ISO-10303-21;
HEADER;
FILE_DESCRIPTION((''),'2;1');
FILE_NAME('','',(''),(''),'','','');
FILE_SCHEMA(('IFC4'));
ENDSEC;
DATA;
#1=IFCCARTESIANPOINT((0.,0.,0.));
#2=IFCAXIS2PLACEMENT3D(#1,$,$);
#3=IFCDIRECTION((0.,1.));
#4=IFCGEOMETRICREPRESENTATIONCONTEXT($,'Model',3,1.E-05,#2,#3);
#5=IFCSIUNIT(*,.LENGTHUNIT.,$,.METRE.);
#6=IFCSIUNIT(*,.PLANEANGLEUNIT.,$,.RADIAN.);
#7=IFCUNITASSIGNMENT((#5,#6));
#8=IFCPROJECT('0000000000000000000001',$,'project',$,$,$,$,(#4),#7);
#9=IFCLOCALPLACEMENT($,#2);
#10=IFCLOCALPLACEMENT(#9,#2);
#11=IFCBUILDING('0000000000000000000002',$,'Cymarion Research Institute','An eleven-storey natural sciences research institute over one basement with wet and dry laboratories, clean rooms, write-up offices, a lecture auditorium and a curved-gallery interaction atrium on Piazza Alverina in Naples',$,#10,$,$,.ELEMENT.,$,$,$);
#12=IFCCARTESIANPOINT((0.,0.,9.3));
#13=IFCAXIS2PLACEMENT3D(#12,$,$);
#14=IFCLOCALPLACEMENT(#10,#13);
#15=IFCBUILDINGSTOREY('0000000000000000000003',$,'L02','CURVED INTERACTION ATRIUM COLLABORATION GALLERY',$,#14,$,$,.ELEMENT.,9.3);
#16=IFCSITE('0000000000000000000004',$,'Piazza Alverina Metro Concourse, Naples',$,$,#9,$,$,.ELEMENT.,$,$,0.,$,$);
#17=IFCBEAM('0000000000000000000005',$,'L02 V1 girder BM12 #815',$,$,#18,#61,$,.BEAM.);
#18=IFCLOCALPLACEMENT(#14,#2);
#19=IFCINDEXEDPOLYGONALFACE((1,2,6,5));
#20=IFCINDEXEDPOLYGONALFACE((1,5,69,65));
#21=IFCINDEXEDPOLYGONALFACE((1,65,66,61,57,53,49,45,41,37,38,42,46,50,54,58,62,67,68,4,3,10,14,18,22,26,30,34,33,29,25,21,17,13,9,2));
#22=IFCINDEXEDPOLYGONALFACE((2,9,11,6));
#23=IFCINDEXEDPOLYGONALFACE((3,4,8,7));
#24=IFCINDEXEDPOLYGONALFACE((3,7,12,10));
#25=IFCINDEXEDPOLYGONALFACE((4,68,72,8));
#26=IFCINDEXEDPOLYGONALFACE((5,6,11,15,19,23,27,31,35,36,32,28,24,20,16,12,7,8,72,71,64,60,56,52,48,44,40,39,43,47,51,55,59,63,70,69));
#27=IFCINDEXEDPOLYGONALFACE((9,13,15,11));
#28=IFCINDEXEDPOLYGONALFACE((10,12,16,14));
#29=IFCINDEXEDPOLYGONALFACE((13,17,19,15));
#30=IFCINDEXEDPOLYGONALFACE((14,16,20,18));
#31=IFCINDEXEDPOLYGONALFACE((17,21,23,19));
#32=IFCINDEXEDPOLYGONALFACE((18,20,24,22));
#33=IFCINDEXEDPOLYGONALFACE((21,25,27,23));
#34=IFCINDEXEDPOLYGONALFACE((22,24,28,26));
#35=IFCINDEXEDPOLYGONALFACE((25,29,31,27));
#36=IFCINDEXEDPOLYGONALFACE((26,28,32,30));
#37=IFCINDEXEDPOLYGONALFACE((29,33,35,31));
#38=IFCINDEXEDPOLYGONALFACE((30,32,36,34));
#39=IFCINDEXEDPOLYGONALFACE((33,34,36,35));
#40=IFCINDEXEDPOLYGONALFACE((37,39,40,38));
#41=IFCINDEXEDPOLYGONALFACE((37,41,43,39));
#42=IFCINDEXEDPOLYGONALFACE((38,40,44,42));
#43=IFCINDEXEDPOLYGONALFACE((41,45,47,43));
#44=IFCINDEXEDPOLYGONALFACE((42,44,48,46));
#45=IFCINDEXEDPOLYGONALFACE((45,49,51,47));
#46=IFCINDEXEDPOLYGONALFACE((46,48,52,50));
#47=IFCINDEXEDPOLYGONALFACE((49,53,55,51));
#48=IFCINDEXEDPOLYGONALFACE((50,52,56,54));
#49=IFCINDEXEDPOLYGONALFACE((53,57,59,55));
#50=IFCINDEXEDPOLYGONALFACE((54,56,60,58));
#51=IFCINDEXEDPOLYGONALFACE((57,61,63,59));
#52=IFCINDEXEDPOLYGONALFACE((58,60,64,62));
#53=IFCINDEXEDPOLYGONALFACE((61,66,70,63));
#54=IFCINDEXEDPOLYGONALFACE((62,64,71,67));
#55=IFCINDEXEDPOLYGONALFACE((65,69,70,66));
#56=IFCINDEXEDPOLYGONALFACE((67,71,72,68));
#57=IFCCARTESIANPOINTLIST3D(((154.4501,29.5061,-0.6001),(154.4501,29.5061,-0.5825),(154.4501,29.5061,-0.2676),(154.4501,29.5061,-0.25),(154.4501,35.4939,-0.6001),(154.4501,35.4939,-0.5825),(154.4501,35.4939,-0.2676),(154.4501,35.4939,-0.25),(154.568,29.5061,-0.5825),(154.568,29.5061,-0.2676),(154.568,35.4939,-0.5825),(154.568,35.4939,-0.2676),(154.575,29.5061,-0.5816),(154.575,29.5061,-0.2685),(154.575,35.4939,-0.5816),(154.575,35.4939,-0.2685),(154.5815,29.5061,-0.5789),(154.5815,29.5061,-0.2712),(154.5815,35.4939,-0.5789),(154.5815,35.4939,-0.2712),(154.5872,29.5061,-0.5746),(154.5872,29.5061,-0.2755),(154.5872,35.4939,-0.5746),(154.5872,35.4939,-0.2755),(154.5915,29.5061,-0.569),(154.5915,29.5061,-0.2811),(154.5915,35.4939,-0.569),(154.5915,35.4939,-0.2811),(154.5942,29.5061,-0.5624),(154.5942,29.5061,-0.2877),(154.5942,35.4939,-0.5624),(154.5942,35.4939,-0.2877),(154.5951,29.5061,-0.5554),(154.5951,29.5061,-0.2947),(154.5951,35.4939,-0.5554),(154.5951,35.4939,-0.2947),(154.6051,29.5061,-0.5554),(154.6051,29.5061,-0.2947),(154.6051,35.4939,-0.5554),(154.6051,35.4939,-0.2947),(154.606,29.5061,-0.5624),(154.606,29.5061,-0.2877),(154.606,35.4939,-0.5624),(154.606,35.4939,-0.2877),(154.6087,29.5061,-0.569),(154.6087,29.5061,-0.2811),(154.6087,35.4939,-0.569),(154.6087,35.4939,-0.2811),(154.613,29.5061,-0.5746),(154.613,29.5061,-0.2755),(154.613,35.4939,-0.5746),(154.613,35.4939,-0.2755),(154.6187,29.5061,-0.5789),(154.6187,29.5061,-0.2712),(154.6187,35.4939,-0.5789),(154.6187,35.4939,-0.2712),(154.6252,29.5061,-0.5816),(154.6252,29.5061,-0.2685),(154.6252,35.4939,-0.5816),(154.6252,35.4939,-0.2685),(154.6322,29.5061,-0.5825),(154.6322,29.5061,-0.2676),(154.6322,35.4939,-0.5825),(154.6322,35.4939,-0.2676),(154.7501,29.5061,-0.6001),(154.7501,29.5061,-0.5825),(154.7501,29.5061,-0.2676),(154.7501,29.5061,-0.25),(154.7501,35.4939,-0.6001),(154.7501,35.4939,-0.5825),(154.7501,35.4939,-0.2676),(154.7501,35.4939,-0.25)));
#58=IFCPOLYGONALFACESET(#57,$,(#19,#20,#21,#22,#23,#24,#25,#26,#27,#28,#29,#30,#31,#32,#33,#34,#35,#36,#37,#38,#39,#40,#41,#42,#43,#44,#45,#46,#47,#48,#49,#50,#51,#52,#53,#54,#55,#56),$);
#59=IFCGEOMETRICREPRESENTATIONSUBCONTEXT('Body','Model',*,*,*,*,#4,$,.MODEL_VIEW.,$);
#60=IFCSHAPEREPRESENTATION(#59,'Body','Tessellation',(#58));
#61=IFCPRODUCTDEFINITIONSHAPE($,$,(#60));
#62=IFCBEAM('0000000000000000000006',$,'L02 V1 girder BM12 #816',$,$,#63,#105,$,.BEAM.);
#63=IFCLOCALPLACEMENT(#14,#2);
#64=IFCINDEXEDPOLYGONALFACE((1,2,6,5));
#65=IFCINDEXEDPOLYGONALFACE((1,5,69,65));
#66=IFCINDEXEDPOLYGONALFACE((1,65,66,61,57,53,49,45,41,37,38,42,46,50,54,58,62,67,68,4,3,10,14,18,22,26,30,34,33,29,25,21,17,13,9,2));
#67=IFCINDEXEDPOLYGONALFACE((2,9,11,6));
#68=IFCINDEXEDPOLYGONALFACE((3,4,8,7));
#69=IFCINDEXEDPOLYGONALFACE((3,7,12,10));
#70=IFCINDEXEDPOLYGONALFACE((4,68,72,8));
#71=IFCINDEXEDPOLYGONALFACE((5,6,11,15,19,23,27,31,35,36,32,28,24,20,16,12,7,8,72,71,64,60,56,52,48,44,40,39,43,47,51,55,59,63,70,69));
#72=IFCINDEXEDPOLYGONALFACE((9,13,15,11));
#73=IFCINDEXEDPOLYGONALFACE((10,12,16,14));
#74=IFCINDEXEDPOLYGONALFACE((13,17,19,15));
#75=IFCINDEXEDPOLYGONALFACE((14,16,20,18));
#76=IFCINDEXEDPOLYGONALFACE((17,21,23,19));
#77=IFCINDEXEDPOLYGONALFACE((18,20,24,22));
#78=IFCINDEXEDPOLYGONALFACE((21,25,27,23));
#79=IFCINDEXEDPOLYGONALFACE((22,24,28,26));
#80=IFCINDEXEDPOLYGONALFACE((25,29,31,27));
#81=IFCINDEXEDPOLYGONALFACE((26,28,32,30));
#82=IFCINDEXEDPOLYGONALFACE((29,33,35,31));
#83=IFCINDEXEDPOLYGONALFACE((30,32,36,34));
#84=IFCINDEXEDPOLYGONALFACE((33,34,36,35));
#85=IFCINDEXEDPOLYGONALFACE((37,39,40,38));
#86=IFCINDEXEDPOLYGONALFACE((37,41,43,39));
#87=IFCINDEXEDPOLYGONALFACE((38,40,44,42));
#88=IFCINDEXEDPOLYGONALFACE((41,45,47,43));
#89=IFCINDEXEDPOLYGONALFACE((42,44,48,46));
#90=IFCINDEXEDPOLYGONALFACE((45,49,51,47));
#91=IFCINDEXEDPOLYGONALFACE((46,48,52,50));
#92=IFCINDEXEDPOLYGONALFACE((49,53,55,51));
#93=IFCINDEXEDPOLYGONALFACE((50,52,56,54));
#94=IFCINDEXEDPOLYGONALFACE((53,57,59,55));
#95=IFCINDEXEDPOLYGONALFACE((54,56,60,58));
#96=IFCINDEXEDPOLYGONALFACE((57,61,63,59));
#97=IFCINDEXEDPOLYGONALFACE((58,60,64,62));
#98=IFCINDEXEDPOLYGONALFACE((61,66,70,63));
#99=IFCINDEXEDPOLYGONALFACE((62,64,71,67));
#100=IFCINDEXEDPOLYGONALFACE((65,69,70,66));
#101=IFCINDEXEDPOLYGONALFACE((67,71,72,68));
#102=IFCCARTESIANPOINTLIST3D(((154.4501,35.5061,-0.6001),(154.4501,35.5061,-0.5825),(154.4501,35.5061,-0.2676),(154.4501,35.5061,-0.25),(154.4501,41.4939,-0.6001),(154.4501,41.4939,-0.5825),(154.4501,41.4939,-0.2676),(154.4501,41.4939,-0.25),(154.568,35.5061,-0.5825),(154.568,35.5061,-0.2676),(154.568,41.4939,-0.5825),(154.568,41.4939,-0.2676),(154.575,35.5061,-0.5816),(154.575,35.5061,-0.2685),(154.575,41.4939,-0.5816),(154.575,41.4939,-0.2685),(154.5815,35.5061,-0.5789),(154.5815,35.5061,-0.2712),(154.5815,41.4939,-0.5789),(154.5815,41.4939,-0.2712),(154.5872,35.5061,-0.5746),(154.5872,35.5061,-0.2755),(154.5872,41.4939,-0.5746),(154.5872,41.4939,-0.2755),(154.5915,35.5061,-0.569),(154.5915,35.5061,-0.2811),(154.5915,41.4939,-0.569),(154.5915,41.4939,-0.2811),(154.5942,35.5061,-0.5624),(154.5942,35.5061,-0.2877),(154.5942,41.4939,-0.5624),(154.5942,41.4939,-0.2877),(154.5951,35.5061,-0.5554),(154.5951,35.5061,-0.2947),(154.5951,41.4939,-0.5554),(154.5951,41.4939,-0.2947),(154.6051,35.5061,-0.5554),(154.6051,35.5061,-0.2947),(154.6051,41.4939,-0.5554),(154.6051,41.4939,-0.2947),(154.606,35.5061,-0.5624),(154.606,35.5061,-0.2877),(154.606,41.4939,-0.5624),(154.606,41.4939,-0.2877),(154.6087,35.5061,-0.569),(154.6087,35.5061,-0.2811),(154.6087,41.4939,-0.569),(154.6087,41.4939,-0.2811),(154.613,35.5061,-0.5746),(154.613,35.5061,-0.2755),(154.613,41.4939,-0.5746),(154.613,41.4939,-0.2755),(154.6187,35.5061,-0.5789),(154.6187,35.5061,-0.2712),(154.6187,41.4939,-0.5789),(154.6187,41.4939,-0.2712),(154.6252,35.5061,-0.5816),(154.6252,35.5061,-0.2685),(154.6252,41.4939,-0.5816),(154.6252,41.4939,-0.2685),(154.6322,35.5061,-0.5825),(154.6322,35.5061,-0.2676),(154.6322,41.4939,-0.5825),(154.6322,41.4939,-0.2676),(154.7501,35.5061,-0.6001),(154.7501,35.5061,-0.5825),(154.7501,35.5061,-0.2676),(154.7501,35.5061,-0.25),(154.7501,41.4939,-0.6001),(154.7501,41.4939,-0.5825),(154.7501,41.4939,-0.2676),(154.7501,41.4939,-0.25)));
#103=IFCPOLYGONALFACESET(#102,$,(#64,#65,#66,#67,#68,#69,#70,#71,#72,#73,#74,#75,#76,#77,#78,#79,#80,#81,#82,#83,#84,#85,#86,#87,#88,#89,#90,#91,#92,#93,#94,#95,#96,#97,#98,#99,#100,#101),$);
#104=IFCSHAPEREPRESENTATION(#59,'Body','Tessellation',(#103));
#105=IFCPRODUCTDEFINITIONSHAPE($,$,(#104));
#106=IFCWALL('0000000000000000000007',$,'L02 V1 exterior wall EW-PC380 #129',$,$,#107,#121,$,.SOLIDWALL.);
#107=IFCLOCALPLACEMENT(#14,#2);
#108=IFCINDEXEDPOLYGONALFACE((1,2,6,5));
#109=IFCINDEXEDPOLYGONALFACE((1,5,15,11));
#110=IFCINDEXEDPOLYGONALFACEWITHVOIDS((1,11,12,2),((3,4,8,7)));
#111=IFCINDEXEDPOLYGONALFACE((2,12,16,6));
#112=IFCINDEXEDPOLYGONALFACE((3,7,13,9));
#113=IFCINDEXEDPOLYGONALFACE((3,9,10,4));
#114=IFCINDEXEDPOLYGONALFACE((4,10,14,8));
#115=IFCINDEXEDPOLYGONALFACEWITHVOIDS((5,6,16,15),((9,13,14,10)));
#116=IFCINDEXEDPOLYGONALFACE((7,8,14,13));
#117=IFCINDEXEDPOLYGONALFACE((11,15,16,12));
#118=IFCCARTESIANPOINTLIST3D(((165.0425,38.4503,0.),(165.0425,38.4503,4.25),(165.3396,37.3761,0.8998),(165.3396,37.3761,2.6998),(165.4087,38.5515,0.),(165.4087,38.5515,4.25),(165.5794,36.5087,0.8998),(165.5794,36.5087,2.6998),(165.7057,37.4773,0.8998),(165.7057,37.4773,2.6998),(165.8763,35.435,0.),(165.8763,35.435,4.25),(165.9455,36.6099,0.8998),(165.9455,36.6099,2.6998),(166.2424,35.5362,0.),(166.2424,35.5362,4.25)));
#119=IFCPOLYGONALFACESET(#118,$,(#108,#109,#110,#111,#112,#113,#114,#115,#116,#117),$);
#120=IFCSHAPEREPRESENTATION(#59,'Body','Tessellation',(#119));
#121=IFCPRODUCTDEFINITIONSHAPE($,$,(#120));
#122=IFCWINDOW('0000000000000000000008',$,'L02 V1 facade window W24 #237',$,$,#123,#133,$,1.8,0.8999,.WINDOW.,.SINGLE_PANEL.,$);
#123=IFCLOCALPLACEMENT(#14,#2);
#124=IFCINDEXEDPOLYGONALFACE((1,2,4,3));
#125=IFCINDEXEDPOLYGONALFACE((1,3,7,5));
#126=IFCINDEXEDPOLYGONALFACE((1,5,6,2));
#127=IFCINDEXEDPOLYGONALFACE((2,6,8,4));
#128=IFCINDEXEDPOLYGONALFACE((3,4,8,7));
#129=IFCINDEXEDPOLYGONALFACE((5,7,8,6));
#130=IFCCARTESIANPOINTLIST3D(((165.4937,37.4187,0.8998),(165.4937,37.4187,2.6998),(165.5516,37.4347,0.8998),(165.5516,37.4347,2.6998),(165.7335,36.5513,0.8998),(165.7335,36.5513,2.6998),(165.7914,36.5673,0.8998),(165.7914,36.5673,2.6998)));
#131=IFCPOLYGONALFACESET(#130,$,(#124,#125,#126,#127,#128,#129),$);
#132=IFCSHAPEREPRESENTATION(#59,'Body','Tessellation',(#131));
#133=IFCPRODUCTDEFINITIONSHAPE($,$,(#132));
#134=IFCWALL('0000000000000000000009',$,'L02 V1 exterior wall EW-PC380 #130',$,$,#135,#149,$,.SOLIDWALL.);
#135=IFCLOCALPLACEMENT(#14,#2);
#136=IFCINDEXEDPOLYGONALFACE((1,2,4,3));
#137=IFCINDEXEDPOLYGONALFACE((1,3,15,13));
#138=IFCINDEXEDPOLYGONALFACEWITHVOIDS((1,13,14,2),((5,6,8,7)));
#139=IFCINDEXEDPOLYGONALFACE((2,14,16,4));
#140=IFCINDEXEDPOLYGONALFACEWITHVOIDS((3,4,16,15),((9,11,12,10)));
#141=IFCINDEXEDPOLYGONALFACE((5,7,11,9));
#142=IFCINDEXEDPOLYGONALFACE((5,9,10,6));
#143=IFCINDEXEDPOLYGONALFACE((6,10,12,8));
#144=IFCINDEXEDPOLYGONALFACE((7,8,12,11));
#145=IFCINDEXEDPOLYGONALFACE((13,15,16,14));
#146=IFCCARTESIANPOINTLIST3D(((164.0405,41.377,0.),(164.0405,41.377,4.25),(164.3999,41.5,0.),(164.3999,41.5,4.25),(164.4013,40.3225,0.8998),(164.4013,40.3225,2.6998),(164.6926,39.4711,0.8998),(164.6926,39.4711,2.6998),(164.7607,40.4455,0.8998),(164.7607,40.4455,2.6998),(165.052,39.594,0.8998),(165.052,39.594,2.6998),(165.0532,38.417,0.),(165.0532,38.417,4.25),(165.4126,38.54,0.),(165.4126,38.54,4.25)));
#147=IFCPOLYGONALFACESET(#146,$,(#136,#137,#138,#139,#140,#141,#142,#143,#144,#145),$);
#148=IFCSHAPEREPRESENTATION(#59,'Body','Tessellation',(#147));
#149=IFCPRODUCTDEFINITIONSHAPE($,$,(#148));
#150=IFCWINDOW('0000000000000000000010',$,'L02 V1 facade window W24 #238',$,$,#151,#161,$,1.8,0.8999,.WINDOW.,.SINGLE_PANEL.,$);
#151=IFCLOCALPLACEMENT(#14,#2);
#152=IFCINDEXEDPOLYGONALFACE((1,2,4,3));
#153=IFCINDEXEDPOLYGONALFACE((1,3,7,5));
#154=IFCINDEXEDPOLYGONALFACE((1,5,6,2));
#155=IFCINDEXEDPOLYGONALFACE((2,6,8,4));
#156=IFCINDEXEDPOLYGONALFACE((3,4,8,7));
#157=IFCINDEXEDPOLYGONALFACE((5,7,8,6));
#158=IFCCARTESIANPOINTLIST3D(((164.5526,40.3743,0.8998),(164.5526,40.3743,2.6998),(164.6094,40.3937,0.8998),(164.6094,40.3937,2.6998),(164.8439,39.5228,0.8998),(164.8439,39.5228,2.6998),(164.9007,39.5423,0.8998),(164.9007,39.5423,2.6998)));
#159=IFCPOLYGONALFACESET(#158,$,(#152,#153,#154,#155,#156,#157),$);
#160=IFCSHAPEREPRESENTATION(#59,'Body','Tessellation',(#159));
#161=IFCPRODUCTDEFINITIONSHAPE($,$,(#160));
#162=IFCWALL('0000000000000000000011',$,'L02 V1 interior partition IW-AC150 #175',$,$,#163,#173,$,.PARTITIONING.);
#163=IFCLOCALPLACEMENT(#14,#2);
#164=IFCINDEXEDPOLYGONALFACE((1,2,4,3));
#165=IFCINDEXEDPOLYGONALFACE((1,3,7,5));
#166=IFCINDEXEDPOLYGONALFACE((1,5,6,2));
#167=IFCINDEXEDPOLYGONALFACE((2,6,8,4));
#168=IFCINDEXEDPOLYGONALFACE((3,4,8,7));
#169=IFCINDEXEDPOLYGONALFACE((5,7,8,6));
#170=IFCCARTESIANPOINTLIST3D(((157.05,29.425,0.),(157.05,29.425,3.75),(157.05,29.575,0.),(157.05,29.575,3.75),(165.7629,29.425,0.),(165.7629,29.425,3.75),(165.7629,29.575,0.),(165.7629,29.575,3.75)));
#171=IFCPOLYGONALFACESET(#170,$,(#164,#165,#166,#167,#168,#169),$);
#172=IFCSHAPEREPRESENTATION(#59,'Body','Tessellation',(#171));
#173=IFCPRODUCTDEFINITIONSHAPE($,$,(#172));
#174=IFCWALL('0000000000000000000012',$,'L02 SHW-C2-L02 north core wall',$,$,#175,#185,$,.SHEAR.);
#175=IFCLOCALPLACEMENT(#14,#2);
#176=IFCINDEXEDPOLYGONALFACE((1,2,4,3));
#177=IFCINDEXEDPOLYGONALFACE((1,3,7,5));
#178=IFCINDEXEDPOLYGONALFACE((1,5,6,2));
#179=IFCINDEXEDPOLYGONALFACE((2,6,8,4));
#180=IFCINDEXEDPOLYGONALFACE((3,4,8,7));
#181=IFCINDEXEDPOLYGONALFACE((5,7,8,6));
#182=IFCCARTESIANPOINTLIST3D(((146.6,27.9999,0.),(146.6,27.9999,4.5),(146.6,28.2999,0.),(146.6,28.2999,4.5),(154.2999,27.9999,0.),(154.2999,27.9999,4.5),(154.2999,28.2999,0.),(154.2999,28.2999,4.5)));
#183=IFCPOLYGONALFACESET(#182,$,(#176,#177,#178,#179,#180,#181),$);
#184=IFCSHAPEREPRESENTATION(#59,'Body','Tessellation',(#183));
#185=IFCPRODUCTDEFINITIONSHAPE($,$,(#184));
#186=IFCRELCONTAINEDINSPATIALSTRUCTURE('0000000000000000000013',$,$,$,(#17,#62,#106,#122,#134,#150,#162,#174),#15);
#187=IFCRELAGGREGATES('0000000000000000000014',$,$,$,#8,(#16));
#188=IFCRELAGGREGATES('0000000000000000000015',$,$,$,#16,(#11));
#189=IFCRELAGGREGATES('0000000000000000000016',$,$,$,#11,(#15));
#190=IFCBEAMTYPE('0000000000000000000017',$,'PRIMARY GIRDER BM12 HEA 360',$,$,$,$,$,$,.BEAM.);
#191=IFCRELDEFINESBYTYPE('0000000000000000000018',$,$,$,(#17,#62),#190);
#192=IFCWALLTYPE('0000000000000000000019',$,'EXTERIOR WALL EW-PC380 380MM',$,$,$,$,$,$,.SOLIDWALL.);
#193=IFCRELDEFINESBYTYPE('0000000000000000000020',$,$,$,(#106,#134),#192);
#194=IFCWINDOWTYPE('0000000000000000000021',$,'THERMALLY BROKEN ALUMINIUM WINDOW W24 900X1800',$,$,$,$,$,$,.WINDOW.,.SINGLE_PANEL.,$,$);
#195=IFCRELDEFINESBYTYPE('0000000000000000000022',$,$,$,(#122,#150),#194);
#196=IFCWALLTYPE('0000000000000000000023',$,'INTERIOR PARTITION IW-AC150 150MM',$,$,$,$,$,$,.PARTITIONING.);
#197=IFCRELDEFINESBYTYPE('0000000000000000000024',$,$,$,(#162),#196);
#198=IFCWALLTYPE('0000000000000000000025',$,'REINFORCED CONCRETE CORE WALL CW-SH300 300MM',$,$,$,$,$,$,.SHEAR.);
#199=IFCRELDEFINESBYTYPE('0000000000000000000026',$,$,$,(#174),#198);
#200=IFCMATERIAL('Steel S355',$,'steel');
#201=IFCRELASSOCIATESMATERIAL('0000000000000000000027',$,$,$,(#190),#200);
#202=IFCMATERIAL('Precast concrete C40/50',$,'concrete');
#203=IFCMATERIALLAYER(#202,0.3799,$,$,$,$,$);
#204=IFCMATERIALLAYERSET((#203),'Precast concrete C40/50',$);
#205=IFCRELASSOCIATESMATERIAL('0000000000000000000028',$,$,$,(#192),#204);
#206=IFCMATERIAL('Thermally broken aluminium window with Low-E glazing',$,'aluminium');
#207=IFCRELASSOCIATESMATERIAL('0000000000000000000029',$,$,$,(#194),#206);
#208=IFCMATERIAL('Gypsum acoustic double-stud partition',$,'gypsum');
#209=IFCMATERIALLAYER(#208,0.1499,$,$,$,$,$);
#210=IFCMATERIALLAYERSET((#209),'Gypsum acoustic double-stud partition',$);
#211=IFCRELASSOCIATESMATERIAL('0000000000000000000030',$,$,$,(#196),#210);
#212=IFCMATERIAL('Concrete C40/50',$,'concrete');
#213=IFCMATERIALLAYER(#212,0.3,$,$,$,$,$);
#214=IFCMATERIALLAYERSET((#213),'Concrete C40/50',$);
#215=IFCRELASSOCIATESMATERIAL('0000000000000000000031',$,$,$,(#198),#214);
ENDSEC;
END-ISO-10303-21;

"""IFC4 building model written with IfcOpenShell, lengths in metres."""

from ifc_helpers import new_model, si_unit, direction, frame, frame_2d, origin, origin_2d, place, context, subcontext, project, spatial, rectangle, i_section, extrude, material, layer, layer_set, material_profile, profile_set, type_object, element, fill, save


model = new_model("IFC4")

# Units and contexts
model_context = context("Model", 3, precision=1e-05, world=origin(), true_north=direction((0.0, 1.0)))
body_context = subcontext(model_context, "Body", "Model", "MODEL_VIEW")
ifc_project = project(units=[si_unit("LENGTHUNIT", "METRE"), si_unit("PLANEANGLEUNIT", "RADIAN")], contexts=[model_context])

# Site, building, storey
site_placement = place(None, origin())
site = spatial("IfcSite", under=ifc_project, at=site_placement, Name="Piazza Alverina Metro Concourse, Naples", CompositionType="ELEMENT", RefElevation=0.0)
building_placement = place(site_placement, origin())
building = spatial("IfcBuilding", under=site, at=building_placement, Name="Cymarion Research Institute", Description="An eleven-storey natural sciences research institute over one basement with wet and dry laboratories, clean rooms, write-up offices, a lecture auditorium and a curved-gallery interaction atrium on Piazza Alverina in Naples", CompositionType="ELEMENT")
storey_placement = place(building_placement, frame((0.0, 0.0, 9.3)))
storey = spatial("IfcBuildingStorey", under=building, at=storey_placement, Name="L02", Description="CURVED INTERACTION ATRIUM COLLABORATION GALLERY", CompositionType="ELEMENT", Elevation=9.3)

# Shared definitions
ifc_material_1 = material(Name="Steel S355", Category="steel")

# Beams
ifc_material_profile_1 = material_profile(ifc_material_1, i_section(OverallWidth=0.3, OverallDepth=0.3501, WebThickness=0.01, FlangeThickness=0.0176, FilletRadius=0.0271, at=origin_2d()), Name="HEA 360")
ifc_profile_set_1 = profile_set([ifc_material_profile_1], Name="Steel S355")
beam_type_1 = type_object("IfcBeamType", Name="PRIMARY GIRDER BM12 HEA 360", PredefinedType="BEAM", material=ifc_profile_set_1)
for number, where, z_axis, x_axis, name in (
    (1, (154.6001, 29.5061, -0.425), (0.0, 1.0, 0.0), (-1.0, 0.0, 0.0), "L02 V1 girder BM12 #815"),
    (2, (154.6001, 35.5061, -0.425), (0.0, 1.0, 0.0), (-1.0, 0.0, 0.0), "L02 V1 girder BM12 #816"),
):
    element("IfcBeam", number, at=place(storey_placement, frame(where, z_axis=z_axis, x_axis=x_axis)), inside=storey, type_object=beam_type_1, Name=name, PredefinedType="BEAM", context=body_context, shape_type="SweptSolid", body=[
        extrude(i_section(OverallWidth=0.3, OverallDepth=0.3501, WebThickness=0.01, FlangeThickness=0.0176, FilletRadius=0.0271, at=origin_2d()), origin(), (0.0, 0.0, 1.0), 5.9878),
    ])

# Walls, openings, windows
ifc_material_2 = material(Name="Precast concrete C40/50", Category="concrete")
ifc_layer_1 = layer(ifc_material_2, 0.3799)
ifc_layer_set_1 = layer_set([ifc_layer_1], Name="Precast concrete C40/50")
wall_type_1 = type_object("IfcWallType", Name="EXTERIOR WALL EW-PC380 380MM", PredefinedType="SOLIDWALL", material=ifc_layer_set_1)
wall_1_placement = place(storey_placement, frame((166.0593, 35.4856, 0.0), z_axis=(0.0, 0.0, 1.0), x_axis=(-0.266497, 0.963836, 0.0)))
wall_1 = element("IfcWall", 3, at=wall_1_placement, inside=storey, type_object=wall_type_1, Name="L02 V1 exterior wall EW-PC380 #129", PredefinedType="SOLIDWALL", context=body_context, shape_type="SweptSolid", body=[
    extrude(rectangle(XDim=3.1284, YDim=0.3799, at=frame_2d((1.5642, 0.0))), origin(), (0.0, 0.0, 1.0), 4.25),
])
opening_1_placement = place(wall_1_placement, frame((1.114, 0.0, 0.8999)))
opening_1 = element("IfcOpeningElement", 4, at=opening_1_placement, cuts=wall_1, PredefinedType="OPENING", context=body_context, shape_type="SweptSolid", body=[
    extrude(rectangle(XDim=0.8999, YDim=1.8, at=frame_2d((0.45, 0.8999))), frame((0.0, 0.2, 0.0), z_axis=(0.0, -1.0, 0.0), x_axis=(1.0, 0.0, 0.0)), (0.0, 0.0, 1.0), 0.3999),
])
ifc_material_3 = material(Name="Thermally broken aluminium window with Low-E glazing", Category="aluminium")
window_type = type_object("IfcWindowType", Name="THERMALLY BROKEN ALUMINIUM WINDOW W24 900X1800", PartitioningType="SINGLE_PANEL", PredefinedType="WINDOW", material=ifc_material_3)
window_1_placement = place(opening_1_placement, origin())
window_1 = element("IfcWindow", 5, at=window_1_placement, inside=storey, type_object=window_type, Name="L02 V1 facade window W24 #237", OverallHeight=1.8, OverallWidth=0.8999, PartitioningType="SINGLE_PANEL", PredefinedType="WINDOW", context=body_context, shape_type="SweptSolid", body=[
    extrude(rectangle(XDim=0.8999, YDim=1.8, at=frame_2d((0.45, 0.8999))), frame((0.0, 0.03, 0.0), z_axis=(0.0, -1.0, 0.0), x_axis=(1.0, 0.0, 0.0)), (0.0, 0.0, 1.0), 0.0601),
])
fill(opening_1, window_1)
wall_2_placement = place(storey_placement, frame((165.2329, 38.4785, 0.0), z_axis=(0.0, 0.0, 1.0), x_axis=(-0.32371, 0.946156, 0.0)))
wall_2 = element("IfcWall", 6, at=wall_2_placement, inside=storey, type_object=wall_type_1, Name="L02 V1 exterior wall EW-PC380 #130", PredefinedType="SOLIDWALL", context=body_context, shape_type="SweptSolid", body=[
    extrude(rectangle(XDim=3.1284, YDim=0.3799, at=frame_2d((1.5642, 0.0))), origin(), (0.0, 0.0, 1.0), 4.25),
])
opening_2_placement = place(wall_2_placement, frame((1.114, 0.0, 0.8999)))
opening_2 = element("IfcOpeningElement", 7, at=opening_2_placement, cuts=wall_2, PredefinedType="OPENING", context=body_context, shape_type="SweptSolid", body=[
    extrude(rectangle(XDim=0.8999, YDim=1.8, at=frame_2d((0.45, 0.8999))), frame((0.0, 0.2, 0.0), z_axis=(0.0, -1.0, 0.0), x_axis=(1.0, 0.0, 0.0)), (0.0, 0.0, 1.0), 0.3999),
])
window_2_placement = place(opening_2_placement, origin())
window_2 = element("IfcWindow", 8, at=window_2_placement, inside=storey, type_object=window_type, Name="L02 V1 facade window W24 #238", OverallHeight=1.8, OverallWidth=0.8999, PartitioningType="SINGLE_PANEL", PredefinedType="WINDOW", context=body_context, shape_type="SweptSolid", body=[
    extrude(rectangle(XDim=0.8999, YDim=1.8, at=frame_2d((0.45, 0.8999))), frame((0.0, 0.03, 0.0), z_axis=(0.0, -1.0, 0.0), x_axis=(1.0, 0.0, 0.0)), (0.0, 0.0, 1.0), 0.0601),
])
fill(opening_2, window_2)

# Walls
ifc_material_4 = material(Name="Gypsum acoustic double-stud partition", Category="gypsum")
ifc_layer_2 = layer(ifc_material_4, 0.1499)
ifc_layer_set_2 = layer_set([ifc_layer_2], Name="Gypsum acoustic double-stud partition")
wall_type_2 = type_object("IfcWallType", Name="INTERIOR PARTITION IW-AC150 150MM", PredefinedType="PARTITIONING", material=ifc_layer_set_2)
wall_3_placement = place(storey_placement, frame((157.05, 29.5, 0.0), z_axis=(0.0, 0.0, 1.0), x_axis=(1.0, 0.0, 0.0)))
element("IfcWall", 9, at=wall_3_placement, inside=storey, type_object=wall_type_2, Name="L02 V1 interior partition IW-AC150 #175", PredefinedType="PARTITIONING", context=body_context, shape_type="SweptSolid", body=[
    extrude(rectangle(XDim=8.7129, YDim=0.1499, at=frame_2d((4.3564, 0.0))), origin(), (0.0, 0.0, 1.0), 3.75),
])
ifc_material_5 = material(Name="Concrete C40/50", Category="concrete")
ifc_layer_3 = layer(ifc_material_5, 0.3)
ifc_layer_set_3 = layer_set([ifc_layer_3], Name="Concrete C40/50")
wall_type_3 = type_object("IfcWallType", Name="REINFORCED CONCRETE CORE WALL CW-SH300 300MM", PredefinedType="SHEAR", material=ifc_layer_set_3)
wall_4_placement = place(storey_placement, frame((154.3, 28.1499, 0.0), z_axis=(0.0, 0.0, 1.0), x_axis=(-1.0, 0.0, 0.0)))
element("IfcWall", 10, at=wall_4_placement, inside=storey, type_object=wall_type_3, Name="L02 SHW-C2-L02 north core wall", PredefinedType="SHEAR", context=body_context, shape_type="SweptSolid", body=[
    extrude(rectangle(XDim=7.7, YDim=0.3, at=frame_2d((3.8501, 0.0))), origin(), (0.0, 0.0, 1.0), 4.5),
])

save(model, "model.ifc")
